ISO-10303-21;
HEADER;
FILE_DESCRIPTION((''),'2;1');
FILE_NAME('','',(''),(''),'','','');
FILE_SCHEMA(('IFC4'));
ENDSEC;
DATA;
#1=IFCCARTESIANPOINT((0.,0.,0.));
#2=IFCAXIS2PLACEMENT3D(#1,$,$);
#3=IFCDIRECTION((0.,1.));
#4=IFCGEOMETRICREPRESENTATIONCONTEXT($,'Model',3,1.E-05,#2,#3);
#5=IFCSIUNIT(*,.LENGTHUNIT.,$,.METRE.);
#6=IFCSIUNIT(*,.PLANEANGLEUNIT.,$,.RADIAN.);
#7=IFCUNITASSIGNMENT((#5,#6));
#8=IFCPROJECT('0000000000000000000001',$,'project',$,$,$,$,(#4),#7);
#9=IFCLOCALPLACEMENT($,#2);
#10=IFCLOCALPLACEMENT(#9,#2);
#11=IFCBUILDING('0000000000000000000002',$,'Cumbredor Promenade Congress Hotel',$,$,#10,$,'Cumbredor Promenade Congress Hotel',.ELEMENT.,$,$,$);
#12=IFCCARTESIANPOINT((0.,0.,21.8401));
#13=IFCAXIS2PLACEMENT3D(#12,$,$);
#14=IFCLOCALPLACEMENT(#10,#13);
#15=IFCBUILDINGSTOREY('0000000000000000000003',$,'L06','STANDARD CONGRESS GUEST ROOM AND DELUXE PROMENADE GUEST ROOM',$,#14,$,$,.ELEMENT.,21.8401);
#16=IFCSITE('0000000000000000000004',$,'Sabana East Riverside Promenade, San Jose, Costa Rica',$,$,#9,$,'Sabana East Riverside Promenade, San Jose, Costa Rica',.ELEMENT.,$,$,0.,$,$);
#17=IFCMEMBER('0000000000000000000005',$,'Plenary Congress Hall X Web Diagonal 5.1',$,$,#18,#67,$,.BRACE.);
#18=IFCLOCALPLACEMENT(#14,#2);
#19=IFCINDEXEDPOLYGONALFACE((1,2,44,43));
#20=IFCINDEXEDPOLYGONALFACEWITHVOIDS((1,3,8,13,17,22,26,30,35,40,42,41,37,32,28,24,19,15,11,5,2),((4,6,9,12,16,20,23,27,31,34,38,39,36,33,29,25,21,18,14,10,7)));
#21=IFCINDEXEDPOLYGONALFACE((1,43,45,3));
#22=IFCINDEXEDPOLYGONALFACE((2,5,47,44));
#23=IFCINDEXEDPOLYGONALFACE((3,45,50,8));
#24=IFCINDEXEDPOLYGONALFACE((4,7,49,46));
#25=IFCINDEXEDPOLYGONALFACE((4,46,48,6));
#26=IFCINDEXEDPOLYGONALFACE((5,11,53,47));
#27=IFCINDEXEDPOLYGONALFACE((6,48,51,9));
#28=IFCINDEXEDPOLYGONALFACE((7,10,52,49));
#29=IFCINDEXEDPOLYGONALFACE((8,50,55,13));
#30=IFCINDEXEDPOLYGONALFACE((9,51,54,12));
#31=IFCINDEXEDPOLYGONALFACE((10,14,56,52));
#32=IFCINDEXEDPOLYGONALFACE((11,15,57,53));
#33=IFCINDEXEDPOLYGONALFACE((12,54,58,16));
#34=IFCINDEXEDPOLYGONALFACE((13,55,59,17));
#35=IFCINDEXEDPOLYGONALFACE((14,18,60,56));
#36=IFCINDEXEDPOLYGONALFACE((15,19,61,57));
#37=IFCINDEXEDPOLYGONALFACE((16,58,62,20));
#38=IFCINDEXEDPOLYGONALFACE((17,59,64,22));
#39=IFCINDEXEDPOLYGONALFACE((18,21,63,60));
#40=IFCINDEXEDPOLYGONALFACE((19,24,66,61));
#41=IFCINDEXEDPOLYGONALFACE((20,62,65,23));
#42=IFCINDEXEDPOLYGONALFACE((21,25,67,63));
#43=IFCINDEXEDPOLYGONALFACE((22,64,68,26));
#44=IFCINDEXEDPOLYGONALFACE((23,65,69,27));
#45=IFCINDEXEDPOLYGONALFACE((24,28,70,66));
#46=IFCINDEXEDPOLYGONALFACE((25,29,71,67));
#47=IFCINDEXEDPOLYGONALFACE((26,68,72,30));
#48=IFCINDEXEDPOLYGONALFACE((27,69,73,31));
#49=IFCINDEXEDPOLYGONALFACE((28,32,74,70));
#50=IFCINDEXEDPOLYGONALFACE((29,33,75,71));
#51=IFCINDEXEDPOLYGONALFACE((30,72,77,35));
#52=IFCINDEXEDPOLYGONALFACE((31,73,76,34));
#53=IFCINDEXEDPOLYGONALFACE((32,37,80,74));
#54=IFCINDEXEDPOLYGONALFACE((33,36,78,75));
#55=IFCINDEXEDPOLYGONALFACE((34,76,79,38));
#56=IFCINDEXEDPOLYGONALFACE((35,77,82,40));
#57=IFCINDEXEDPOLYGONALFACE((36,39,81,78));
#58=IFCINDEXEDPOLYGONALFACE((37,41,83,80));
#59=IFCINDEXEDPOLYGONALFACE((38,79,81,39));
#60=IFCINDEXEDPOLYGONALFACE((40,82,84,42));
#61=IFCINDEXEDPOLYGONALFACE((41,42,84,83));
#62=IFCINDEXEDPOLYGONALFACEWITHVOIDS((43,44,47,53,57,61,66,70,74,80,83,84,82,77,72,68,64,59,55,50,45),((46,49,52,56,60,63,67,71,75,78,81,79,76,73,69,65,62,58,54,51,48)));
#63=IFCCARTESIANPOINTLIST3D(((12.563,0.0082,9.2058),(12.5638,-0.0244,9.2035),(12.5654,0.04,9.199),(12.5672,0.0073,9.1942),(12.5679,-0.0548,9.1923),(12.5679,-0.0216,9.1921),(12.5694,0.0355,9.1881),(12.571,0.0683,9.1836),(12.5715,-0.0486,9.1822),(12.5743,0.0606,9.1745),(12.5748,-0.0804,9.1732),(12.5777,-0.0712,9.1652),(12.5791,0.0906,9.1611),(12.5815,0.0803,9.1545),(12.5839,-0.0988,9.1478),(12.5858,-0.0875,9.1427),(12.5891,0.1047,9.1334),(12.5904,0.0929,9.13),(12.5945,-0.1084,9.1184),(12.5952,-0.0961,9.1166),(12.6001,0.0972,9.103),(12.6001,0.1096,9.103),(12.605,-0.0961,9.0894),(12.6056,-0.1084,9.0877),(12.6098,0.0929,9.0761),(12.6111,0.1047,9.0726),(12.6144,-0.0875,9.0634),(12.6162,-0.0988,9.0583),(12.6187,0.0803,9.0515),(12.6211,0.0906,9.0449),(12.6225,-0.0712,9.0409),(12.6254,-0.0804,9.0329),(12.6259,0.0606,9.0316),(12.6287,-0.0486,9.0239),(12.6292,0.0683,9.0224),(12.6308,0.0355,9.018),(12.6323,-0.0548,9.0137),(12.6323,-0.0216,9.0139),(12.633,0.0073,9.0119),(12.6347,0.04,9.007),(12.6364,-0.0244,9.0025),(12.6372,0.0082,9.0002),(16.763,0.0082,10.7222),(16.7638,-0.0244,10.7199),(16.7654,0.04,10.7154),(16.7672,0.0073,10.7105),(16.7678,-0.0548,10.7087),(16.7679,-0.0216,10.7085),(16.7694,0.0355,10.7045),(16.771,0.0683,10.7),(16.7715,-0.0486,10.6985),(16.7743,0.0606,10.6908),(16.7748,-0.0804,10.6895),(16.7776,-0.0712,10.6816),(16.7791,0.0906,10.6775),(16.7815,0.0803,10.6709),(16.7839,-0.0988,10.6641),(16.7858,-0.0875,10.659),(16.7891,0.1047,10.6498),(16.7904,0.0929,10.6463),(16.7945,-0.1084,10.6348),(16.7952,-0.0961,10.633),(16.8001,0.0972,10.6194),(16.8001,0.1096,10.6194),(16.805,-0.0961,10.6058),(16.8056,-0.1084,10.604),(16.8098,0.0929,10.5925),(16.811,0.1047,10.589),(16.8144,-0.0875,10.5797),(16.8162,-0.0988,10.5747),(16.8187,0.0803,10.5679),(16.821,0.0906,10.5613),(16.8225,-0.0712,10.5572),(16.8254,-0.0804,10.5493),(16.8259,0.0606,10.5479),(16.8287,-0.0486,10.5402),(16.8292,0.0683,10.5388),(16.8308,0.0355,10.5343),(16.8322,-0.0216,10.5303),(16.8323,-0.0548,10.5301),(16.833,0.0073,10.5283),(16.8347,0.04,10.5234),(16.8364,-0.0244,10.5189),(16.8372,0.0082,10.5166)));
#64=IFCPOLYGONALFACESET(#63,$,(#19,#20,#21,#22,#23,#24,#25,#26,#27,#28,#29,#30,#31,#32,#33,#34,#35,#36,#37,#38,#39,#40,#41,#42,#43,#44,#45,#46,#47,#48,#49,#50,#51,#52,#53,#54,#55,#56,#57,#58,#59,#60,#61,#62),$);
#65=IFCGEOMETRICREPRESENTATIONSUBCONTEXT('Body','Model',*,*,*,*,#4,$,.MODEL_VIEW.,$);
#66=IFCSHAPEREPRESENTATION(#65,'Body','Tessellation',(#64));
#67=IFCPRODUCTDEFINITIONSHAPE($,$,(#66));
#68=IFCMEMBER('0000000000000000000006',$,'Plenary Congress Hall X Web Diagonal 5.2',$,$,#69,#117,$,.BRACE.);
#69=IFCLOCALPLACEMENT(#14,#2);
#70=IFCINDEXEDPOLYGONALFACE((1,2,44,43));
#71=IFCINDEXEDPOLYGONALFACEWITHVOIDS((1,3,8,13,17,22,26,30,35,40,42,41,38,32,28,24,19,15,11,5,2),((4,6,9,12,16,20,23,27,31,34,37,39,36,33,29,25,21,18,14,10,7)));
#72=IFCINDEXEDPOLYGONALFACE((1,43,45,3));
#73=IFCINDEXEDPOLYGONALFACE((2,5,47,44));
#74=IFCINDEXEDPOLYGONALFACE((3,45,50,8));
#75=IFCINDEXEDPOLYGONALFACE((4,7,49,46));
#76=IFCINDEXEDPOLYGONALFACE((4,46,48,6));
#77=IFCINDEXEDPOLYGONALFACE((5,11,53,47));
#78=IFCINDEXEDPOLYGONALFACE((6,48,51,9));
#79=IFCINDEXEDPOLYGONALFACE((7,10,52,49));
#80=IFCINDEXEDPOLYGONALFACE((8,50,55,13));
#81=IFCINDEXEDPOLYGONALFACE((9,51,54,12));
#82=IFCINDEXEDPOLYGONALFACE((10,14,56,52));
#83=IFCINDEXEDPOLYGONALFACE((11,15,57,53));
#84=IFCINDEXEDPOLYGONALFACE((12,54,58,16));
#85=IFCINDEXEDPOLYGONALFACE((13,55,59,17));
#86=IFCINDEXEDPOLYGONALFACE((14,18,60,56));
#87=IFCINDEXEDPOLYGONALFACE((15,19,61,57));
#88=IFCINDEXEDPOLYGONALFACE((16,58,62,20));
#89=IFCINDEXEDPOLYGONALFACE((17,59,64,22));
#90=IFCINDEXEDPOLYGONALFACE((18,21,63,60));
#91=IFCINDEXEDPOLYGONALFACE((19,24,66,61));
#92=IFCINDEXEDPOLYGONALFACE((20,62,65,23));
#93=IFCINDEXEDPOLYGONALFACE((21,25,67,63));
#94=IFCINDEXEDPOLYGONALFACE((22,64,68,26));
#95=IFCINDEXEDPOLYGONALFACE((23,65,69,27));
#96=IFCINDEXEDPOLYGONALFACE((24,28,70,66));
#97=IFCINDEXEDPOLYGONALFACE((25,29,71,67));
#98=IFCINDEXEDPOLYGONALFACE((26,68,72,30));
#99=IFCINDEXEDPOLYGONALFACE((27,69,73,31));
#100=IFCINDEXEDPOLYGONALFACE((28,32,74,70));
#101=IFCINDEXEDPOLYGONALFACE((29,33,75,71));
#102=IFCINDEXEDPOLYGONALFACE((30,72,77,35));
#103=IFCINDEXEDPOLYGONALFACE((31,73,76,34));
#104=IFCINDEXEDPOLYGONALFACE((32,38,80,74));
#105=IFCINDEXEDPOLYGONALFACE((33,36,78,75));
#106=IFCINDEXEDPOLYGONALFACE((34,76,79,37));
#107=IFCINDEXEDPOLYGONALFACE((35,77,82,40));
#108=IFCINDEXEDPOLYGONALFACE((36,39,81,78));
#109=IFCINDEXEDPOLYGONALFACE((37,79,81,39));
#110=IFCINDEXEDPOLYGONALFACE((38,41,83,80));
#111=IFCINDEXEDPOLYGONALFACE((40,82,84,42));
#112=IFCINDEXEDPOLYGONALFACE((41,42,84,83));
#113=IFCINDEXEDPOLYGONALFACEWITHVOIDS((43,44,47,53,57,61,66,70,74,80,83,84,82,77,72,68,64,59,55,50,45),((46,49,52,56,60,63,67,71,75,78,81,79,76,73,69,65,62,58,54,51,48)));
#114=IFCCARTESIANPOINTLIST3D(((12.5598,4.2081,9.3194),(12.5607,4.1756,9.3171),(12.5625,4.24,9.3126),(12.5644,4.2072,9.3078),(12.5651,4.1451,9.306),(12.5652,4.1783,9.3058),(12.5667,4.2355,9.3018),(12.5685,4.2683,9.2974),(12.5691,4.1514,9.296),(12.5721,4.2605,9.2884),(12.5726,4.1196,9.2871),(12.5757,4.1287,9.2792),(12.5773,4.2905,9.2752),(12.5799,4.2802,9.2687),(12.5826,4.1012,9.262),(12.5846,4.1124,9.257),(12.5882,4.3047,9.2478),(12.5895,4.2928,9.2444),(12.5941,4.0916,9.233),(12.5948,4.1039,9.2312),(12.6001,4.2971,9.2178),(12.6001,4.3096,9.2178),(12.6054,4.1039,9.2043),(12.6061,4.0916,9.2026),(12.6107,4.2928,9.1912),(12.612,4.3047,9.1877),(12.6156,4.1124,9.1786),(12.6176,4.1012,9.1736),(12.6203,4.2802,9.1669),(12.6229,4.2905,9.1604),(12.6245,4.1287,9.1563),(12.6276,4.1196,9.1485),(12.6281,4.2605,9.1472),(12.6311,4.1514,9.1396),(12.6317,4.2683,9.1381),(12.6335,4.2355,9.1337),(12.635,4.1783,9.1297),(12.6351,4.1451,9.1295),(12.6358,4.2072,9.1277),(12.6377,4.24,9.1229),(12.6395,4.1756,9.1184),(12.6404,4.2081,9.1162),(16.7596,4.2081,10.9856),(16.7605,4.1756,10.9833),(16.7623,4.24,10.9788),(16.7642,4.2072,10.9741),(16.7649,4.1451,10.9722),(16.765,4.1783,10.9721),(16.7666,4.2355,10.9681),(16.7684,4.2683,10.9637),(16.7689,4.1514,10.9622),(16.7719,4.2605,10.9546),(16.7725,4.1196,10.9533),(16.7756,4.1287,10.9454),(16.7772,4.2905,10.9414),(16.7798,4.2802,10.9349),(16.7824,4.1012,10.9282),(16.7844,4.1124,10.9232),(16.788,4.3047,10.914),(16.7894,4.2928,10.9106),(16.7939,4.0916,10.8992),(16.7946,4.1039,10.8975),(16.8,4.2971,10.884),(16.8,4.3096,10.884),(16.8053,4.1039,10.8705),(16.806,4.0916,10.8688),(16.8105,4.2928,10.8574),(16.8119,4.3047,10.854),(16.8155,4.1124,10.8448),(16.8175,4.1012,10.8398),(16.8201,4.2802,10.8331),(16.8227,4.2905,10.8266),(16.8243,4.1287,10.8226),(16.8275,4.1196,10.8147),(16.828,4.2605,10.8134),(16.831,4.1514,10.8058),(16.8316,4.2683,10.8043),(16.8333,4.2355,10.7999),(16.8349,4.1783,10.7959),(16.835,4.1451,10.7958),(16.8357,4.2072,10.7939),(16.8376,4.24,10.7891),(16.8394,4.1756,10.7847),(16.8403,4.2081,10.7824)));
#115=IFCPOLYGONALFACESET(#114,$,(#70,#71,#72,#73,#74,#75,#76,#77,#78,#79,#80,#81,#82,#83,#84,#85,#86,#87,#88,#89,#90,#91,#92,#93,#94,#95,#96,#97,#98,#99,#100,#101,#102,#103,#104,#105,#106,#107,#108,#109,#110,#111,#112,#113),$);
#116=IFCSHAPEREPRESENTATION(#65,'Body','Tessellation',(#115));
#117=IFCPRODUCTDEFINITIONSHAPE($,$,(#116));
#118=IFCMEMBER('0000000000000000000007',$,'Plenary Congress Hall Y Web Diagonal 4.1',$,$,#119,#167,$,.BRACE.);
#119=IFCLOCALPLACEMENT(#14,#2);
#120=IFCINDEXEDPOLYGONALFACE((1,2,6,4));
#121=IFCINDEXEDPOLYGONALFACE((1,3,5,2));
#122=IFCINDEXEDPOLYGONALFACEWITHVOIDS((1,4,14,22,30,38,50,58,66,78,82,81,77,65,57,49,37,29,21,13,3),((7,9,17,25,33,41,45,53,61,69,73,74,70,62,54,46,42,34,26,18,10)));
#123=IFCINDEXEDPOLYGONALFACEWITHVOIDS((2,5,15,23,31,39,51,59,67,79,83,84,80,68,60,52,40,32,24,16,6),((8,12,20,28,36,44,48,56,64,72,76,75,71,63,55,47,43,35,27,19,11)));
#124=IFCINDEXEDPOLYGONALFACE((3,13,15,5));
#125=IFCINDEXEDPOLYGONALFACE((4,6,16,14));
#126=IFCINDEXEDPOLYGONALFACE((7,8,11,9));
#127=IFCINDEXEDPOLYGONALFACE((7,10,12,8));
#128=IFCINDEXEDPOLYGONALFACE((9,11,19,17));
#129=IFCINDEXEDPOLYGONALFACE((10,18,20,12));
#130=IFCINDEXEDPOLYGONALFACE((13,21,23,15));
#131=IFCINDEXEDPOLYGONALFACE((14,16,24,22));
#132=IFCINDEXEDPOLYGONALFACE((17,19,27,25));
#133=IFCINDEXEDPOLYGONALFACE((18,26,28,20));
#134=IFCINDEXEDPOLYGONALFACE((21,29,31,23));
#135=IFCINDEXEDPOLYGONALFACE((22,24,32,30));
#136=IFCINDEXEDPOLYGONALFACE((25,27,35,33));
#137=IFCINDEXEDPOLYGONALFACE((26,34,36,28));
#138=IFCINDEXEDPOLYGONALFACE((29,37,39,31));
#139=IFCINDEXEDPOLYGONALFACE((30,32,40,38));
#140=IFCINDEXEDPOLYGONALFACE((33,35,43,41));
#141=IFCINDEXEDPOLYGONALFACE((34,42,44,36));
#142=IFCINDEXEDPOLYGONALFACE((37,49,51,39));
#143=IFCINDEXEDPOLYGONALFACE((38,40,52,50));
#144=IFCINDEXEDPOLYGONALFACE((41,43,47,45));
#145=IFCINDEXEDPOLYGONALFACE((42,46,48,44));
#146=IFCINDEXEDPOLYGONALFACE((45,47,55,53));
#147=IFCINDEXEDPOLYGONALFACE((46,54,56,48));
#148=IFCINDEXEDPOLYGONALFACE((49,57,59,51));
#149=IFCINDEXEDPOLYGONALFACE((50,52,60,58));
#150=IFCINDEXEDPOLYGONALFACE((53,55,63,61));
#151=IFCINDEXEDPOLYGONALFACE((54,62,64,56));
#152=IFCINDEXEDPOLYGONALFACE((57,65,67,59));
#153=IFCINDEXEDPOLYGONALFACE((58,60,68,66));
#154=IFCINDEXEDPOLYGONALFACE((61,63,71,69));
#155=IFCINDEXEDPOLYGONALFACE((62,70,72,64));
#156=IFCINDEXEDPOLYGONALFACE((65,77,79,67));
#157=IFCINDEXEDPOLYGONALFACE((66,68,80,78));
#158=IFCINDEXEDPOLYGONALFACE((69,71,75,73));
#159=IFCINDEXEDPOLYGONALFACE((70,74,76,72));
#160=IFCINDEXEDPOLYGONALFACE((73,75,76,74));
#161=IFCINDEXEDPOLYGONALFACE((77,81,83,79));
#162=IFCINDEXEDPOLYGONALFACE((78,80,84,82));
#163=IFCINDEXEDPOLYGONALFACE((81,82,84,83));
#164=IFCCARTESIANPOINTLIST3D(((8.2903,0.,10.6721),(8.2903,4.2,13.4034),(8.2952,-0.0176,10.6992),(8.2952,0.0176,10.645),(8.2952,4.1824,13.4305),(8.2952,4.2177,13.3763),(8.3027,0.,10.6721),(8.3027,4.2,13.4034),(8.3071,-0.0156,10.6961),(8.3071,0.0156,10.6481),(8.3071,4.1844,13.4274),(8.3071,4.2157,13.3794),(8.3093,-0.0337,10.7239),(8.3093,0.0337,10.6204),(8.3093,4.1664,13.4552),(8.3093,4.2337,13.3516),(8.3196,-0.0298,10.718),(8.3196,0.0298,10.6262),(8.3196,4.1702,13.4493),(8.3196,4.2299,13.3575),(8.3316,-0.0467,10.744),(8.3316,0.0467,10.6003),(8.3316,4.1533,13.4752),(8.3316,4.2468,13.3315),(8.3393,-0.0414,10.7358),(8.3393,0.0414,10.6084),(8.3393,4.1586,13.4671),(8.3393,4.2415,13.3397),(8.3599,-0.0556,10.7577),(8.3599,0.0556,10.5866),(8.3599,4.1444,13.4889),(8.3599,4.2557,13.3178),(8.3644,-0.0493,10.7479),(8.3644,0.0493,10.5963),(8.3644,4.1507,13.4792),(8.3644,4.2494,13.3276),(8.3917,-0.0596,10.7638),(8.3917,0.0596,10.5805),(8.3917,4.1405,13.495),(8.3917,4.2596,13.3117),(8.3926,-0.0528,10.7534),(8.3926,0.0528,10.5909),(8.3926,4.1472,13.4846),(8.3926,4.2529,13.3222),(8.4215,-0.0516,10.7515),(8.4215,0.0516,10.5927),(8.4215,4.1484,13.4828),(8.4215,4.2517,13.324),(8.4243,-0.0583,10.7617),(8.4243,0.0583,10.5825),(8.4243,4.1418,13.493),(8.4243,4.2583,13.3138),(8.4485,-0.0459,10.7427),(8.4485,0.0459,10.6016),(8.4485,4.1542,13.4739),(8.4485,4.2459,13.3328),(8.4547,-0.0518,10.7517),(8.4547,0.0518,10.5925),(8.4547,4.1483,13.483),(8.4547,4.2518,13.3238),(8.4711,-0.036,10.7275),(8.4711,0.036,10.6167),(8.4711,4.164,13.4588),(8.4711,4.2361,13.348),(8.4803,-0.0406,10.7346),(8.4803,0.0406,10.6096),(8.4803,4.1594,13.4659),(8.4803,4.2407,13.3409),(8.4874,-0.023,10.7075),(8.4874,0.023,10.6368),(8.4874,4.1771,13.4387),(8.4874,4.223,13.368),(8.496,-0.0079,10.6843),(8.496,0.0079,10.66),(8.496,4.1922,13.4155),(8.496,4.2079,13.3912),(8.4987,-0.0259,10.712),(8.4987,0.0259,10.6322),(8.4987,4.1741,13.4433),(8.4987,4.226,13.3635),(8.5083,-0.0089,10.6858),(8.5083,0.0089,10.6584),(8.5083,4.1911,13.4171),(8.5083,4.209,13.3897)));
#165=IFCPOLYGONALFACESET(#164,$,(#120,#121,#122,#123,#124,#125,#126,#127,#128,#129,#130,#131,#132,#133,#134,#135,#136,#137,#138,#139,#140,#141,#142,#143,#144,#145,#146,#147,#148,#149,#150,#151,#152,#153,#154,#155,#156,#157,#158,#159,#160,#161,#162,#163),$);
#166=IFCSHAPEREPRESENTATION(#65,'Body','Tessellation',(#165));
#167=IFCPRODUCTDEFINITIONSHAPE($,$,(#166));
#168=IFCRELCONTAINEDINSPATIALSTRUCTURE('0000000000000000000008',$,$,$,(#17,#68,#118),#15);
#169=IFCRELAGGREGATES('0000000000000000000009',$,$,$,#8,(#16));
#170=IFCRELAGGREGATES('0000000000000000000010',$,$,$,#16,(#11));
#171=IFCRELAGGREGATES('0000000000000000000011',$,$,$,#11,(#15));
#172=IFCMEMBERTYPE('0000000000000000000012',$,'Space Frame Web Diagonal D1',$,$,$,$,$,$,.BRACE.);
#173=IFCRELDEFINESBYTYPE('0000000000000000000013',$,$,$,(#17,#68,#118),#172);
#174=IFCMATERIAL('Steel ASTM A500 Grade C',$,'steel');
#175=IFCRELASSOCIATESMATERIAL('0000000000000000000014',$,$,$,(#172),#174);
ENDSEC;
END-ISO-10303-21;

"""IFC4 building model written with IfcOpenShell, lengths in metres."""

from ifc_helpers import new_model, si_unit, direction, frame, origin, origin_2d, place, context, subcontext, project, spatial, hollow_circle, extrude, material, material_profile, profile_set, type_object, element, save


model = new_model("IFC4")

# Units and contexts
model_context = context("Model", 3, precision=1e-05, world=origin(), true_north=direction((0.0, 1.0)))
body_context = subcontext(model_context, "Body", "Model", "MODEL_VIEW")
ifc_project = project(units=[si_unit("LENGTHUNIT", "METRE"), si_unit("PLANEANGLEUNIT", "RADIAN")], contexts=[model_context])

# Site, building, storey
site_placement = place(None, origin())
site = spatial("IfcSite", under=ifc_project, at=site_placement, Name="Sabana East Riverside Promenade, San Jose, Costa Rica", LongName="Sabana East Riverside Promenade, San Jose, Costa Rica", CompositionType="ELEMENT", RefElevation=0.0)
building_placement = place(site_placement, origin())
building = spatial("IfcBuilding", under=site, at=building_placement, Name="Cumbredor Promenade Congress Hotel", LongName="Cumbredor Promenade Congress Hotel", CompositionType="ELEMENT")
storey_placement = place(building_placement, frame((0.0, 0.0, 21.8401)))
storey = spatial("IfcBuildingStorey", under=building, at=storey_placement, Name="L06", Description="STANDARD CONGRESS GUEST ROOM AND DELUXE PROMENADE GUEST ROOM", CompositionType="ELEMENT", Elevation=21.8401)

# Members
ifc_material_1 = material(Name="Steel ASTM A500 Grade C", Category="steel")
ifc_material_profile_1 = material_profile(ifc_material_1, hollow_circle(Radius=0.1096, WallThickness=0.0125, at=origin_2d()), Name="CHS 219.1x12.5")
ifc_profile_set_1 = profile_set([ifc_material_profile_1], Name="Steel ASTM A500 Grade C")
member_type_1 = type_object("IfcMemberType", Name="Space Frame Web Diagonal D1", PredefinedType="BRACE", material=ifc_profile_set_1)
member_1_placement = place(storey_placement, frame((12.6001, 0.0, 9.103), z_axis=(0.940575, 0.0, 0.339587), x_axis=(0.0, 1.0, 0.0)))
element("IfcMember", 1, at=member_1_placement, inside=storey, type_object=member_type_1, Name="Plenary Congress Hall X Web Diagonal 5.1", PredefinedType="BRACE", context=body_context, shape_type="SweptSolid", body=[
    extrude(hollow_circle(Radius=0.1096, WallThickness=0.0125, at=origin_2d()), origin(), (0.0, 0.0, 1.0), 4.4653),
])
member_2_placement = place(storey_placement, frame((12.6001, 4.2, 9.2178), z_axis=(0.92952, 0.0, 0.368771), x_axis=(0.0, 1.0, 0.0)))
element("IfcMember", 2, at=member_2_placement, inside=storey, type_object=member_type_1, Name="Plenary Congress Hall X Web Diagonal 5.2", PredefinedType="BRACE", context=body_context, shape_type="SweptSolid", body=[
    extrude(hollow_circle(Radius=0.1096, WallThickness=0.0125, at=origin_2d()), origin(), (0.0, 0.0, 1.0), 4.5183),
])
member_3_placement = place(storey_placement, frame((8.3999, 0.0, 10.6721), z_axis=(0.0, 0.838331, 0.545161), x_axis=(-1.0, 0.0, 0.0)))
element("IfcMember", 3, at=member_3_placement, inside=storey, type_object=member_type_1, Name="Plenary Congress Hall Y Web Diagonal 4.1", PredefinedType="BRACE", context=body_context, shape_type="SweptSolid", body=[
    extrude(hollow_circle(Radius=0.1096, WallThickness=0.0125, at=origin_2d()), origin(), (0.0, 0.0, 1.0), 5.01),
])

save(model, "model.ifc")
